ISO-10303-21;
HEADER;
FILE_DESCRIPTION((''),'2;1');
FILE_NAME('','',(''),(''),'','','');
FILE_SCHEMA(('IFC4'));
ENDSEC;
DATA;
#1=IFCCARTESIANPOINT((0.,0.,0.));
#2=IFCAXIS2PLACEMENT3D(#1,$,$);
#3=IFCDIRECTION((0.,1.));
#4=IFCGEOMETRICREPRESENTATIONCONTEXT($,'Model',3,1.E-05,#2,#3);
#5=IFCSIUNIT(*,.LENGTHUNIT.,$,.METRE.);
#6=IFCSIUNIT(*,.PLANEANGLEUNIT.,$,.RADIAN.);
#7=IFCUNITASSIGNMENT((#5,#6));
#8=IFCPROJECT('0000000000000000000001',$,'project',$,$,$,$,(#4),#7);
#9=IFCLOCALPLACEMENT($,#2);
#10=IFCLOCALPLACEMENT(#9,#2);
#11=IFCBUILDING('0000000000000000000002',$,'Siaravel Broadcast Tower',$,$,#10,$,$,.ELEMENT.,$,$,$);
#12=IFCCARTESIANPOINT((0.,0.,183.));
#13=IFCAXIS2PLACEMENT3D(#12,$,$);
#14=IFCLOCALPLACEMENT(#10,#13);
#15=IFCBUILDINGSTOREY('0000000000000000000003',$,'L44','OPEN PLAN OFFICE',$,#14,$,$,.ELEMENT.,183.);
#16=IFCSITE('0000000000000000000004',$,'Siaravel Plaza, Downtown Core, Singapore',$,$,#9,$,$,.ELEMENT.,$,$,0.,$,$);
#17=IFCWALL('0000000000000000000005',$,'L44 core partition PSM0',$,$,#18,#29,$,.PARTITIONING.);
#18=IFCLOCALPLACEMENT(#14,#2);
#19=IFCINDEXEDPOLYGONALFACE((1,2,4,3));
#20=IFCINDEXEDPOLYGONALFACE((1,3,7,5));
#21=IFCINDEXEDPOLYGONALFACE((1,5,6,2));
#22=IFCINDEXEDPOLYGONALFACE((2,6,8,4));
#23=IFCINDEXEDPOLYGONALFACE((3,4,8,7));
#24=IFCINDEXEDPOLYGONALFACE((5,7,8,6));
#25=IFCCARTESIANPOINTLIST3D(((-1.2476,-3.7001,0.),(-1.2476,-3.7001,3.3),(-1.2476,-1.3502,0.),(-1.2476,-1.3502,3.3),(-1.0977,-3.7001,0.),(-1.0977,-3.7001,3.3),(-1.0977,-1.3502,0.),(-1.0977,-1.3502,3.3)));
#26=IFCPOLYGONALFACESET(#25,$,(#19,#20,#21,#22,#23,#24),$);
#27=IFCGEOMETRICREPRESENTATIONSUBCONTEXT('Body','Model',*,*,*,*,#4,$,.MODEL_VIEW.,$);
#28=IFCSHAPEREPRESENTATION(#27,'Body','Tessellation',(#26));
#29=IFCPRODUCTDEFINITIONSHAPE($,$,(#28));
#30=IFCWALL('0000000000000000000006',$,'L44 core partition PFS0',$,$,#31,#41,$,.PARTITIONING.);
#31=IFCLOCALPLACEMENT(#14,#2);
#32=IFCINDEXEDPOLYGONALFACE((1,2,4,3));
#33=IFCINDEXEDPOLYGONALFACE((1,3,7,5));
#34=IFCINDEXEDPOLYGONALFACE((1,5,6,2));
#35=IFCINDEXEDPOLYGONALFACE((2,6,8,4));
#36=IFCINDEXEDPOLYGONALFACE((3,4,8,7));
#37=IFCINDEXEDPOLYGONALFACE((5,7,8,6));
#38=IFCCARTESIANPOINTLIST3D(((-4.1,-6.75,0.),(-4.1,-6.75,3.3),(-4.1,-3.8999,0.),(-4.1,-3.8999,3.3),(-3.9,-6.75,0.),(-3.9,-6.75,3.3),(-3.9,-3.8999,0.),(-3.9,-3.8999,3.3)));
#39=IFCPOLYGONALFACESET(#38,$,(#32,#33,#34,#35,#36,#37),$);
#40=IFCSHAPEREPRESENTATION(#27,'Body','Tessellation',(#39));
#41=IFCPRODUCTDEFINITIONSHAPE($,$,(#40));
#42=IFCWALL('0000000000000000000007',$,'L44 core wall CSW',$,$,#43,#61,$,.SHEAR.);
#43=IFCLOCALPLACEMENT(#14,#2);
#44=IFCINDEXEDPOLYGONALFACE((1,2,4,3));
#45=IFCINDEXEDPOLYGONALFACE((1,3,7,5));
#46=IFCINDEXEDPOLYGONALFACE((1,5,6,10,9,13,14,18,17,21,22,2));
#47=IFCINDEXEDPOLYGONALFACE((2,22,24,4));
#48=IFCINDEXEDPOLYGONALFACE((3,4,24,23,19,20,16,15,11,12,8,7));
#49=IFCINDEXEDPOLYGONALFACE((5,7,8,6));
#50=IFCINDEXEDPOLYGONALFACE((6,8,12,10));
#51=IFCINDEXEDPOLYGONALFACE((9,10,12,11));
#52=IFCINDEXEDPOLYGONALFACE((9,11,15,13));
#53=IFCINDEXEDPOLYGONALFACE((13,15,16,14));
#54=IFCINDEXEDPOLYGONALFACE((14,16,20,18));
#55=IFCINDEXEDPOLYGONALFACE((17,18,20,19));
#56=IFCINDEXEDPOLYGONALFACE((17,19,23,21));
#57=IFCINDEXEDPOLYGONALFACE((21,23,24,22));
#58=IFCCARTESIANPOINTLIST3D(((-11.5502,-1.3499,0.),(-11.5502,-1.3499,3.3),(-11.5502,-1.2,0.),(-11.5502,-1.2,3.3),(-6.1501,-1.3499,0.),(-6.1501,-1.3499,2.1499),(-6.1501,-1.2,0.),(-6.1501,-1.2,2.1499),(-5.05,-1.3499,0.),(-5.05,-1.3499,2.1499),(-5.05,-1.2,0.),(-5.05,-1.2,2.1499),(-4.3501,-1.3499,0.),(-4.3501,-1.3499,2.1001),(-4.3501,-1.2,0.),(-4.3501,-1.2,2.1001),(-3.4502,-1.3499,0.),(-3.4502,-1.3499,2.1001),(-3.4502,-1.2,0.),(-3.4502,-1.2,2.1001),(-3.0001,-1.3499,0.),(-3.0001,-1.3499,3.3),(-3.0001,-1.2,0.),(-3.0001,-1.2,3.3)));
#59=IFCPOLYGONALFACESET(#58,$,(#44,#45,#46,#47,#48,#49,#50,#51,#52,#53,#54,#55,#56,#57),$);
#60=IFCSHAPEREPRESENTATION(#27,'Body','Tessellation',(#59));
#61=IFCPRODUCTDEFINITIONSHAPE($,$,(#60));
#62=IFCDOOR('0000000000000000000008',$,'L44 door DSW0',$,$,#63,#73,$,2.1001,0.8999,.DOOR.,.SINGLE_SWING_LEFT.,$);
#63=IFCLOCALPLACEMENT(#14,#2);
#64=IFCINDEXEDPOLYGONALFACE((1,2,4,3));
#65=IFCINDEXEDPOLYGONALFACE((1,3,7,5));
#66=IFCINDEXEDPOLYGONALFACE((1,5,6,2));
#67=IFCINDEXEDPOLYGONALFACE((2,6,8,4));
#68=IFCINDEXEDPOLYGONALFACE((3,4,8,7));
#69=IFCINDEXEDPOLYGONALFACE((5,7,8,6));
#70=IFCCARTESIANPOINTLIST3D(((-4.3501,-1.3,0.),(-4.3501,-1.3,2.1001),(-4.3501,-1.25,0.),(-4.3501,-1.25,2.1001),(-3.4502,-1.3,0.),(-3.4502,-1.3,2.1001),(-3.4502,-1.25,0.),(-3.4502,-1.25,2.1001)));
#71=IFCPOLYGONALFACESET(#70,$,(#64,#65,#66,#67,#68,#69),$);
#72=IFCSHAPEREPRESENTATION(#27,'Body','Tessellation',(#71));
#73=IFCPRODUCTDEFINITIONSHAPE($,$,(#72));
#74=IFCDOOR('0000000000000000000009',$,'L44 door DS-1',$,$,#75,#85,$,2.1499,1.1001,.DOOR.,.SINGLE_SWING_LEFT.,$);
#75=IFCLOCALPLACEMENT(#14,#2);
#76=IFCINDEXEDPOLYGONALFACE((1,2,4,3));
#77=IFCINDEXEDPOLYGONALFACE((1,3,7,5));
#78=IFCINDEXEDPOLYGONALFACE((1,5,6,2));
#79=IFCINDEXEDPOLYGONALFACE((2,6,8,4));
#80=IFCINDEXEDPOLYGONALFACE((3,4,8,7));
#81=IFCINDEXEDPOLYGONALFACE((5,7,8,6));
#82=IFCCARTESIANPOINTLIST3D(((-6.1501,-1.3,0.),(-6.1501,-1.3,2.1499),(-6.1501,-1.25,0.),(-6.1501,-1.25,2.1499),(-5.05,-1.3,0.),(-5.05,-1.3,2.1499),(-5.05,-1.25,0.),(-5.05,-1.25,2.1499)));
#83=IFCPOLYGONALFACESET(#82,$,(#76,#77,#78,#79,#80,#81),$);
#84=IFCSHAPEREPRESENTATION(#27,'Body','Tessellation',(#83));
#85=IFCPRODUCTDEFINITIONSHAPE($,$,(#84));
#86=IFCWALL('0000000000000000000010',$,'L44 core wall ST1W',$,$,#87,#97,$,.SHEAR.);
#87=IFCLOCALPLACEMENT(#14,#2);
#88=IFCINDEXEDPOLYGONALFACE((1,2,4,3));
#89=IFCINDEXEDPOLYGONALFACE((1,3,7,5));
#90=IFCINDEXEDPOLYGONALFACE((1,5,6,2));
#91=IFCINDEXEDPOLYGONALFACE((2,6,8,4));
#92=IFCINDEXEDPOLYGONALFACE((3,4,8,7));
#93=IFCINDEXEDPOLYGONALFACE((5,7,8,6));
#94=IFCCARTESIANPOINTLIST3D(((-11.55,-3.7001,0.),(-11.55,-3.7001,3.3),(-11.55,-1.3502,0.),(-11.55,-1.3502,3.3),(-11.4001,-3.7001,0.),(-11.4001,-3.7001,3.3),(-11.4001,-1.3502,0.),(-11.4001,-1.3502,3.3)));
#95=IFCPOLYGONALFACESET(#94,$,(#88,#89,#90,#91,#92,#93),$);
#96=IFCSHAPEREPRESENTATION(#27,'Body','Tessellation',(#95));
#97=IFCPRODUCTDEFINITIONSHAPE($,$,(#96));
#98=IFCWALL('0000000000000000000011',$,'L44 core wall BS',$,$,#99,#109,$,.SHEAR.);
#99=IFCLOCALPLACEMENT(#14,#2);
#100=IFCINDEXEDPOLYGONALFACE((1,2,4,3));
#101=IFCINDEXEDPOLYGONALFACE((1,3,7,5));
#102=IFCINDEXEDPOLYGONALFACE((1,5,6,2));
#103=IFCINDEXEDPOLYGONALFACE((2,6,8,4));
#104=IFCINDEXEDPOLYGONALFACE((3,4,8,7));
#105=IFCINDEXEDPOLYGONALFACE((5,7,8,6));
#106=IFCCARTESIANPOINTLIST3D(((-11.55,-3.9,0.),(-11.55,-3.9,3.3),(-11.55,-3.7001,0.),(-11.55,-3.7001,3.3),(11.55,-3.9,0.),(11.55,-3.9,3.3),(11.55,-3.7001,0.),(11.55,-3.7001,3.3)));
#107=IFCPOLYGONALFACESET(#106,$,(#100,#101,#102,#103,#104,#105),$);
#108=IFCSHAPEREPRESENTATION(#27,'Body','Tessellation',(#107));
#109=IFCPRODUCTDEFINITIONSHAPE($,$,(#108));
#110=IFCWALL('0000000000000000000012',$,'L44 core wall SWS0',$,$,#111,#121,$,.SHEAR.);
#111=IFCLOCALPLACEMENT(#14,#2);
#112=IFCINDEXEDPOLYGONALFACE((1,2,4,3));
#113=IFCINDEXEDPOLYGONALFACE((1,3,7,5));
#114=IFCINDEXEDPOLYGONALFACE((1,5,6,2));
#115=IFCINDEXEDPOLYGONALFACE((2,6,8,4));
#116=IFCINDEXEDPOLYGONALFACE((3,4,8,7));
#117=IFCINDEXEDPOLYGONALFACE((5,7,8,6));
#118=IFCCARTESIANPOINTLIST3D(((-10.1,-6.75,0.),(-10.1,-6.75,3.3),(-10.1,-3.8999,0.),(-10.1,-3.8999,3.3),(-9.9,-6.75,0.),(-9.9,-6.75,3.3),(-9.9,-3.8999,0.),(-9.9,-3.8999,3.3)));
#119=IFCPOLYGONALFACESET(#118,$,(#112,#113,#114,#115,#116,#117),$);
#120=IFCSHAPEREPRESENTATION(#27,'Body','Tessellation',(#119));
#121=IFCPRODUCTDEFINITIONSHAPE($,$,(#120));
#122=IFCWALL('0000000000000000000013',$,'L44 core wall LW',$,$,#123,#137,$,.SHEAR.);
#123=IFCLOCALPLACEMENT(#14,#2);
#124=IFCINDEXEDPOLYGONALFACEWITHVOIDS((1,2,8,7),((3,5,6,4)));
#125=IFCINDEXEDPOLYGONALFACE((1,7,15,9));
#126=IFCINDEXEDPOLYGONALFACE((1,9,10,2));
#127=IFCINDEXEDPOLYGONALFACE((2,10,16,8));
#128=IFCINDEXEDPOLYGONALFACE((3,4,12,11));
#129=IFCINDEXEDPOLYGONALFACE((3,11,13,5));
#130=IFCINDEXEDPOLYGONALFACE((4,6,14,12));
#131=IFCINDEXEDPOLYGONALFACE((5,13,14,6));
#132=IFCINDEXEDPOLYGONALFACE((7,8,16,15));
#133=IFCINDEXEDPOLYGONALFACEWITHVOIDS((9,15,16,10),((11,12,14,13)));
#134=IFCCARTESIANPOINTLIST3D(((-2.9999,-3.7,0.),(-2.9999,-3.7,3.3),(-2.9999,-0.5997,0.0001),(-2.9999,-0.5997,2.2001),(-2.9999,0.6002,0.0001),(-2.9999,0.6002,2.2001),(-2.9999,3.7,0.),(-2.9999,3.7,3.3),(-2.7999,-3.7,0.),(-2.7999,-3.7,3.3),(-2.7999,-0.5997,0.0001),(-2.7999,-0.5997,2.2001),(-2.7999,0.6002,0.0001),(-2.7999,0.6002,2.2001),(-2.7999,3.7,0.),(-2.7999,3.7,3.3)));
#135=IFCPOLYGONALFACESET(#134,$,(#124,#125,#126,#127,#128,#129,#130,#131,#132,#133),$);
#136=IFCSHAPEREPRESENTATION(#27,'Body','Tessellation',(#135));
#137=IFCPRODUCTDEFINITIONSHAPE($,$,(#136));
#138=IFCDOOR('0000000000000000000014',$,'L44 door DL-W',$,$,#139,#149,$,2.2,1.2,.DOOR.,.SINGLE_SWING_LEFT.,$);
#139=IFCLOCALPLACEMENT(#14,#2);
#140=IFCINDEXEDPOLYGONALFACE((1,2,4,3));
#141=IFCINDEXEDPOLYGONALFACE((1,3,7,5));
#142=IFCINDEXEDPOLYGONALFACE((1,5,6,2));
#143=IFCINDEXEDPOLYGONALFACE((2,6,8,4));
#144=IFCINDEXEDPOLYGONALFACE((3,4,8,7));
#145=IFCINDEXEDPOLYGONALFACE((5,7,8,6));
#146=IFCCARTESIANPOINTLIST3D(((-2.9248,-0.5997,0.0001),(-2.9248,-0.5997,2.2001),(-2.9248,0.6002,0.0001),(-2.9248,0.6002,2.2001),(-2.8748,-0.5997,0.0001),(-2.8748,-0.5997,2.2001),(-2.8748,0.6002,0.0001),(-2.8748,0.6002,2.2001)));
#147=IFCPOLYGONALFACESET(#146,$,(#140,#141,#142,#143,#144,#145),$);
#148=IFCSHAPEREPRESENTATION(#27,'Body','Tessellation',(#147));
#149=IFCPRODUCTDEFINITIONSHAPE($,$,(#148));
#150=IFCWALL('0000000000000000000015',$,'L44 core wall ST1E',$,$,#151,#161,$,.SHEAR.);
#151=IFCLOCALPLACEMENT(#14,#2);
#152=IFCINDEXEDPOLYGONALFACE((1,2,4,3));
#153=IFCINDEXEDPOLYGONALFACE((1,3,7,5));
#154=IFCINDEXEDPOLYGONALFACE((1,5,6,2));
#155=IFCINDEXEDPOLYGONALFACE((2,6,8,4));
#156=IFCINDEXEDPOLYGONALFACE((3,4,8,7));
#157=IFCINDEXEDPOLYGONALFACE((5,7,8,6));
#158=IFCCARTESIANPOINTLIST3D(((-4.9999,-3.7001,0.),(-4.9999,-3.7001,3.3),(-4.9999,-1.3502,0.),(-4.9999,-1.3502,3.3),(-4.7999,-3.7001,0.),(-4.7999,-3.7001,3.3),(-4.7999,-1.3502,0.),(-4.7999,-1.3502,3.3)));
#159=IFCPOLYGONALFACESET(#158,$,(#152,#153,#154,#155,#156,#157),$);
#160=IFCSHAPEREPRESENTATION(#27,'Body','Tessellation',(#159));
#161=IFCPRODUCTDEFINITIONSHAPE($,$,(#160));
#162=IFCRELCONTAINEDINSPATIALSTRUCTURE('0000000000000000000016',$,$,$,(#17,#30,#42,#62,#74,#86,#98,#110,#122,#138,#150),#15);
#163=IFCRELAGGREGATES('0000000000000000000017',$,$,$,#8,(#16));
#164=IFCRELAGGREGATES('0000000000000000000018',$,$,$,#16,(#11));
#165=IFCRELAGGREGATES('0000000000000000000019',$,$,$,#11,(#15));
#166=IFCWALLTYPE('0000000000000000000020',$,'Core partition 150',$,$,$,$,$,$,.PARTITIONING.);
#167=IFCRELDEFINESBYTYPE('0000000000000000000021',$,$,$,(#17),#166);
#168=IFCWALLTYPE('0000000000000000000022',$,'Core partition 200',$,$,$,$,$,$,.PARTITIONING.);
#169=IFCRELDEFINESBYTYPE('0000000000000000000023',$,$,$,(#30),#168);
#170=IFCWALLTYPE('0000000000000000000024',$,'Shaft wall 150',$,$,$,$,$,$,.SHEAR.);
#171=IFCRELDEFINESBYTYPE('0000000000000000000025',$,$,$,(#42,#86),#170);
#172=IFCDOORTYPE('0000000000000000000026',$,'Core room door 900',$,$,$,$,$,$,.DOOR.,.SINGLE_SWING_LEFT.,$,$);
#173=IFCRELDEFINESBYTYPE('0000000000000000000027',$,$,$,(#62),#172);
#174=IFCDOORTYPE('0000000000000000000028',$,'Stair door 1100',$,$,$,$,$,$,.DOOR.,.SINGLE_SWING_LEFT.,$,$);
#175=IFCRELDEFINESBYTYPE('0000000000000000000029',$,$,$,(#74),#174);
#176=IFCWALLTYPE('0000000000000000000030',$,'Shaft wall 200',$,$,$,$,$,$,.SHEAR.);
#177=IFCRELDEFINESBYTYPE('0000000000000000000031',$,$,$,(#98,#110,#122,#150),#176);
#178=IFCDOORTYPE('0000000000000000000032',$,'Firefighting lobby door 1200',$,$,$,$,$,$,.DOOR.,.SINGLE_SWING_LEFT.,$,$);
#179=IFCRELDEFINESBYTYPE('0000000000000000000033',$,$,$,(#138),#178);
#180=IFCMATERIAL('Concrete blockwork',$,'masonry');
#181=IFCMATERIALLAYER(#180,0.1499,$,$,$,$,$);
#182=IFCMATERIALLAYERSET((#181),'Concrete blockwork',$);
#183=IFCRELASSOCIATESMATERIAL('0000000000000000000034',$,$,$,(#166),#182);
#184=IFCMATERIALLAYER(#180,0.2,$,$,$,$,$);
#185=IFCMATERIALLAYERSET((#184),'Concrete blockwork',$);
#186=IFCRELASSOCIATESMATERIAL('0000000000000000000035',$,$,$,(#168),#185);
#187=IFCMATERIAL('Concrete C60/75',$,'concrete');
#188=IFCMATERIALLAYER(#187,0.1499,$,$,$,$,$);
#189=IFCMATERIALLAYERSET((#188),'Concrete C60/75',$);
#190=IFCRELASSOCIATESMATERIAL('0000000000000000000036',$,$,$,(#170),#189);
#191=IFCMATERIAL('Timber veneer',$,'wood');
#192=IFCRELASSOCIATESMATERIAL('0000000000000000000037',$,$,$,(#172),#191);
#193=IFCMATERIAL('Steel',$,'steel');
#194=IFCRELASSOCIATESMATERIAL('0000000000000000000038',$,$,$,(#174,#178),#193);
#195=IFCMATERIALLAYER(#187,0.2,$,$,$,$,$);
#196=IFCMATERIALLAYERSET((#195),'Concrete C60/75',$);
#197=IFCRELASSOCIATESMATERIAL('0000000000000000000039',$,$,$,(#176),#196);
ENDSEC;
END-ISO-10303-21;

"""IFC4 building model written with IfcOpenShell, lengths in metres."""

from ifc_helpers import new_model, si_unit, direction, frame, frame_2d, origin, place, context, subcontext, project, spatial, rectangle, extrude, material, layer, layer_set, type_object, element, fill, save


model = new_model("IFC4")

# Units and contexts
model_context = context("Model", 3, precision=1e-05, world=origin(), true_north=direction((0.0, 1.0)))
body_context = subcontext(model_context, "Body", "Model", "MODEL_VIEW")
ifc_project = project(units=[si_unit("LENGTHUNIT", "METRE"), si_unit("PLANEANGLEUNIT", "RADIAN")], contexts=[model_context])

# Site, building, storey
site_placement = place(None, origin())
site = spatial("IfcSite", under=ifc_project, at=site_placement, Name="Siaravel Plaza, Downtown Core, Singapore", CompositionType="ELEMENT", RefElevation=0.0)
building_placement = place(site_placement, origin())
building = spatial("IfcBuilding", under=site, at=building_placement, Name="Siaravel Broadcast Tower", CompositionType="ELEMENT")
storey_placement = place(building_placement, frame((0.0, 0.0, 183.0)))
storey = spatial("IfcBuildingStorey", under=building, at=storey_placement, Name="L44", Description="OPEN PLAN OFFICE", CompositionType="ELEMENT", Elevation=183.0)

# Walls
ifc_material_1 = material(Name="Concrete blockwork", Category="masonry")
ifc_layer_1 = layer(ifc_material_1, 0.1499)
ifc_layer_set_1 = layer_set([ifc_layer_1], Name="Concrete blockwork")
wall_type_1 = type_object("IfcWallType", Name="Core partition 150", PredefinedType="PARTITIONING", material=ifc_layer_set_1)
wall_1_placement = place(storey_placement, frame((-1.1726, -3.7, 0.0), z_axis=(0.0, 0.0, 1.0), x_axis=(0.0, 1.0, 0.0)))
element("IfcWall", 1, at=wall_1_placement, inside=storey, type_object=wall_type_1, Name="L44 core partition PSM0", PredefinedType="PARTITIONING", context=body_context, shape_type="SweptSolid", body=[
    extrude(rectangle(XDim=2.3499, YDim=0.1499, at=frame_2d((1.1748, 0.0))), origin(), (0.0, 0.0, 1.0), 3.3),
])
ifc_layer_2 = layer(ifc_material_1, 0.2)
ifc_layer_set_2 = layer_set([ifc_layer_2], Name="Concrete blockwork")
wall_type_2 = type_object("IfcWallType", Name="Core partition 200", PredefinedType="PARTITIONING", material=ifc_layer_set_2)
wall_2_placement = place(storey_placement, frame((-4.0, -6.75, 0.0), z_axis=(0.0, 0.0, 1.0), x_axis=(0.0, 1.0, 0.0)))
element("IfcWall", 2, at=wall_2_placement, inside=storey, type_object=wall_type_2, Name="L44 core partition PFS0", PredefinedType="PARTITIONING", context=body_context, shape_type="SweptSolid", body=[
    extrude(rectangle(XDim=2.8501, YDim=0.2, at=frame_2d((1.425, 0.0))), origin(), (0.0, 0.0, 1.0), 3.3),
])

# Wall, openings, doors
ifc_material_2 = material(Name="Concrete C60/75", Category="concrete")
ifc_layer_3 = layer(ifc_material_2, 0.1499)
ifc_layer_set_3 = layer_set([ifc_layer_3], Name="Concrete C60/75")
wall_type_3 = type_object("IfcWallType", Name="Shaft wall 150", PredefinedType="SHEAR", material=ifc_layer_set_3)
wall_3_placement = place(storey_placement, frame((-11.55, -1.2749, 0.0), z_axis=(0.0, 0.0, 1.0), x_axis=(1.0, 0.0, 0.0)))
wall_3 = element("IfcWall", 3, at=wall_3_placement, inside=storey, type_object=wall_type_3, Name="L44 core wall CSW", PredefinedType="SHEAR", context=body_context, shape_type="SweptSolid", body=[
    extrude(rectangle(XDim=8.55, YDim=0.1499, at=frame_2d((4.2749, 0.0))), origin(), (0.0, 0.0, 1.0), 3.3),
])
opening_1_placement = place(wall_3_placement, frame((5.3999, 0.0, 0.0)))
opening_1 = element("IfcOpeningElement", 4, at=opening_1_placement, cuts=wall_3, PredefinedType="OPENING", context=body_context, shape_type="SweptSolid", body=[
    extrude(rectangle(XDim=1.1001, YDim=2.1499, at=frame_2d((0.55, 1.075))), frame((0.0, 0.085, 0.0), z_axis=(0.0, -1.0, 0.0), x_axis=(1.0, 0.0, 0.0)), (0.0, 0.0, 1.0), 0.1699),
])
opening_2_placement = place(wall_3_placement, frame((7.2, 0.0, 0.0)))
opening_2 = element("IfcOpeningElement", 5, at=opening_2_placement, cuts=wall_3, PredefinedType="OPENING", context=body_context, shape_type="SweptSolid", body=[
    extrude(rectangle(XDim=0.8999, YDim=2.1001, at=frame_2d((0.45, 1.05))), frame((0.0, 0.085, 0.0), z_axis=(0.0, -1.0, 0.0), x_axis=(1.0, 0.0, 0.0)), (0.0, 0.0, 1.0), 0.1699),
])
ifc_material_3 = material(Name="Timber veneer", Category="wood")
door_type_1 = type_object("IfcDoorType", Name="Core room door 900", OperationType="SINGLE_SWING_LEFT", PredefinedType="DOOR", material=ifc_material_3)
door_1_placement = place(opening_2_placement, origin())
door_1 = element("IfcDoor", 6, at=door_1_placement, inside=storey, type_object=door_type_1, Name="L44 door DSW0", OperationType="SINGLE_SWING_LEFT", OverallHeight=2.1001, OverallWidth=0.8999, PredefinedType="DOOR", context=body_context, shape_type="SweptSolid", body=[
    extrude(rectangle(XDim=0.8999, YDim=2.1001, at=frame_2d((0.45, 1.05))), frame((0.0, 0.0249, 0.0), z_axis=(0.0, -1.0, 0.0), x_axis=(1.0, 0.0, 0.0)), (0.0, 0.0, 1.0), 0.05),
])
fill(opening_2, door_1)
ifc_material_4 = material(Name="Steel", Category="steel")
door_type_2 = type_object("IfcDoorType", Name="Stair door 1100", OperationType="SINGLE_SWING_LEFT", PredefinedType="DOOR", material=ifc_material_4)
door_2_placement = place(opening_1_placement, origin())
door_2 = element("IfcDoor", 7, at=door_2_placement, inside=storey, type_object=door_type_2, Name="L44 door DS-1", OperationType="SINGLE_SWING_LEFT", OverallHeight=2.1499, OverallWidth=1.1001, PredefinedType="DOOR", context=body_context, shape_type="SweptSolid", body=[
    extrude(rectangle(XDim=1.1001, YDim=2.1499, at=frame_2d((0.55, 1.075))), frame((0.0, 0.0249, 0.0), z_axis=(0.0, -1.0, 0.0), x_axis=(1.0, 0.0, 0.0)), (0.0, 0.0, 1.0), 0.05),
])
fill(opening_1, door_2)

# Walls
wall_4_placement = place(storey_placement, frame((-11.4751, -3.7, 0.0), z_axis=(0.0, 0.0, 1.0), x_axis=(0.0, 1.0, 0.0)))
element("IfcWall", 8, at=wall_4_placement, inside=storey, type_object=wall_type_3, Name="L44 core wall ST1W", PredefinedType="SHEAR", context=body_context, shape_type="SweptSolid", body=[
    extrude(rectangle(XDim=2.3499, YDim=0.1499, at=frame_2d((1.1748, 0.0))), origin(), (0.0, 0.0, 1.0), 3.3),
])
ifc_layer_4 = layer(ifc_material_2, 0.2)
ifc_layer_set_4 = layer_set([ifc_layer_4], Name="Concrete C60/75")
wall_type_4 = type_object("IfcWallType", Name="Shaft wall 200", PredefinedType="SHEAR", material=ifc_layer_set_4)
wall_5_placement = place(storey_placement, frame((-11.55, -3.8, 0.0), z_axis=(0.0, 0.0, 1.0), x_axis=(1.0, 0.0, 0.0)))
element("IfcWall", 9, at=wall_5_placement, inside=storey, type_object=wall_type_4, Name="L44 core wall BS", PredefinedType="SHEAR", context=body_context, shape_type="SweptSolid", body=[
    extrude(rectangle(XDim=23.1001, YDim=0.2, at=frame_2d((11.55, 0.0))), origin(), (0.0, 0.0, 1.0), 3.3),
])
wall_6_placement = place(storey_placement, frame((-10.0, -6.75, 0.0), z_axis=(0.0, 0.0, 1.0), x_axis=(0.0, 1.0, 0.0)))
element("IfcWall", 10, at=wall_6_placement, inside=storey, type_object=wall_type_4, Name="L44 core wall SWS0", PredefinedType="SHEAR", context=body_context, shape_type="SweptSolid", body=[
    extrude(rectangle(XDim=2.8501, YDim=0.2, at=frame_2d((1.425, 0.0))), origin(), (0.0, 0.0, 1.0), 3.3),
])

# Wall, opening, door
wall_7_placement = place(storey_placement, frame((-2.8999, -3.7, 0.0), z_axis=(0.0, 0.0, 1.0), x_axis=(0.0, 1.0, 0.0)))
wall_7 = element("IfcWall", 11, at=wall_7_placement, inside=storey, type_object=wall_type_4, Name="L44 core wall LW", PredefinedType="SHEAR", context=body_context, shape_type="SweptSolid", body=[
    extrude(rectangle(XDim=7.3999, YDim=0.2, at=frame_2d((3.7, 0.0))), origin(), (0.0, 0.0, 1.0), 3.3),
])
opening_3_placement = place(wall_7_placement, frame((3.1001, 0.0, 0.0)))
opening_3 = element("IfcOpeningElement", 12, at=opening_3_placement, cuts=wall_7, PredefinedType="OPENING", context=body_context, shape_type="SweptSolid", body=[
    extrude(rectangle(XDim=1.2, YDim=2.2, at=frame_2d((0.6001, 1.1001))), frame((0.0, 0.1099, 0.0), z_axis=(0.0, -1.0, 0.0), x_axis=(1.0, 0.0, 0.0)), (0.0, 0.0, 1.0), 0.22),
])
door_type_3 = type_object("IfcDoorType", Name="Firefighting lobby door 1200", OperationType="SINGLE_SWING_LEFT", PredefinedType="DOOR", material=ifc_material_4)
door_3_placement = place(opening_3_placement, origin())
door_3 = element("IfcDoor", 13, at=door_3_placement, inside=storey, type_object=door_type_3, Name="L44 door DL-W", OperationType="SINGLE_SWING_LEFT", OverallHeight=2.2, OverallWidth=1.2, PredefinedType="DOOR", context=body_context, shape_type="SweptSolid", body=[
    extrude(rectangle(XDim=1.2, YDim=2.2, at=frame_2d((0.6001, 1.1001))), frame((0.0, 0.0249, 0.0), z_axis=(0.0, -1.0, 0.0), x_axis=(1.0, 0.0, 0.0)), (0.0, 0.0, 1.0), 0.05),
])
fill(opening_3, door_3)

# Wall
wall_8_placement = place(storey_placement, frame((-4.8999, -3.7, 0.0), z_axis=(0.0, 0.0, 1.0), x_axis=(0.0, 1.0, 0.0)))
element("IfcWall", 14, at=wall_8_placement, inside=storey, type_object=wall_type_4, Name="L44 core wall ST1E", PredefinedType="SHEAR", context=body_context, shape_type="SweptSolid", body=[
    extrude(rectangle(XDim=2.3499, YDim=0.2, at=frame_2d((1.1748, 0.0))), origin(), (0.0, 0.0, 1.0), 3.3),
])

save(model, "model.ifc")
